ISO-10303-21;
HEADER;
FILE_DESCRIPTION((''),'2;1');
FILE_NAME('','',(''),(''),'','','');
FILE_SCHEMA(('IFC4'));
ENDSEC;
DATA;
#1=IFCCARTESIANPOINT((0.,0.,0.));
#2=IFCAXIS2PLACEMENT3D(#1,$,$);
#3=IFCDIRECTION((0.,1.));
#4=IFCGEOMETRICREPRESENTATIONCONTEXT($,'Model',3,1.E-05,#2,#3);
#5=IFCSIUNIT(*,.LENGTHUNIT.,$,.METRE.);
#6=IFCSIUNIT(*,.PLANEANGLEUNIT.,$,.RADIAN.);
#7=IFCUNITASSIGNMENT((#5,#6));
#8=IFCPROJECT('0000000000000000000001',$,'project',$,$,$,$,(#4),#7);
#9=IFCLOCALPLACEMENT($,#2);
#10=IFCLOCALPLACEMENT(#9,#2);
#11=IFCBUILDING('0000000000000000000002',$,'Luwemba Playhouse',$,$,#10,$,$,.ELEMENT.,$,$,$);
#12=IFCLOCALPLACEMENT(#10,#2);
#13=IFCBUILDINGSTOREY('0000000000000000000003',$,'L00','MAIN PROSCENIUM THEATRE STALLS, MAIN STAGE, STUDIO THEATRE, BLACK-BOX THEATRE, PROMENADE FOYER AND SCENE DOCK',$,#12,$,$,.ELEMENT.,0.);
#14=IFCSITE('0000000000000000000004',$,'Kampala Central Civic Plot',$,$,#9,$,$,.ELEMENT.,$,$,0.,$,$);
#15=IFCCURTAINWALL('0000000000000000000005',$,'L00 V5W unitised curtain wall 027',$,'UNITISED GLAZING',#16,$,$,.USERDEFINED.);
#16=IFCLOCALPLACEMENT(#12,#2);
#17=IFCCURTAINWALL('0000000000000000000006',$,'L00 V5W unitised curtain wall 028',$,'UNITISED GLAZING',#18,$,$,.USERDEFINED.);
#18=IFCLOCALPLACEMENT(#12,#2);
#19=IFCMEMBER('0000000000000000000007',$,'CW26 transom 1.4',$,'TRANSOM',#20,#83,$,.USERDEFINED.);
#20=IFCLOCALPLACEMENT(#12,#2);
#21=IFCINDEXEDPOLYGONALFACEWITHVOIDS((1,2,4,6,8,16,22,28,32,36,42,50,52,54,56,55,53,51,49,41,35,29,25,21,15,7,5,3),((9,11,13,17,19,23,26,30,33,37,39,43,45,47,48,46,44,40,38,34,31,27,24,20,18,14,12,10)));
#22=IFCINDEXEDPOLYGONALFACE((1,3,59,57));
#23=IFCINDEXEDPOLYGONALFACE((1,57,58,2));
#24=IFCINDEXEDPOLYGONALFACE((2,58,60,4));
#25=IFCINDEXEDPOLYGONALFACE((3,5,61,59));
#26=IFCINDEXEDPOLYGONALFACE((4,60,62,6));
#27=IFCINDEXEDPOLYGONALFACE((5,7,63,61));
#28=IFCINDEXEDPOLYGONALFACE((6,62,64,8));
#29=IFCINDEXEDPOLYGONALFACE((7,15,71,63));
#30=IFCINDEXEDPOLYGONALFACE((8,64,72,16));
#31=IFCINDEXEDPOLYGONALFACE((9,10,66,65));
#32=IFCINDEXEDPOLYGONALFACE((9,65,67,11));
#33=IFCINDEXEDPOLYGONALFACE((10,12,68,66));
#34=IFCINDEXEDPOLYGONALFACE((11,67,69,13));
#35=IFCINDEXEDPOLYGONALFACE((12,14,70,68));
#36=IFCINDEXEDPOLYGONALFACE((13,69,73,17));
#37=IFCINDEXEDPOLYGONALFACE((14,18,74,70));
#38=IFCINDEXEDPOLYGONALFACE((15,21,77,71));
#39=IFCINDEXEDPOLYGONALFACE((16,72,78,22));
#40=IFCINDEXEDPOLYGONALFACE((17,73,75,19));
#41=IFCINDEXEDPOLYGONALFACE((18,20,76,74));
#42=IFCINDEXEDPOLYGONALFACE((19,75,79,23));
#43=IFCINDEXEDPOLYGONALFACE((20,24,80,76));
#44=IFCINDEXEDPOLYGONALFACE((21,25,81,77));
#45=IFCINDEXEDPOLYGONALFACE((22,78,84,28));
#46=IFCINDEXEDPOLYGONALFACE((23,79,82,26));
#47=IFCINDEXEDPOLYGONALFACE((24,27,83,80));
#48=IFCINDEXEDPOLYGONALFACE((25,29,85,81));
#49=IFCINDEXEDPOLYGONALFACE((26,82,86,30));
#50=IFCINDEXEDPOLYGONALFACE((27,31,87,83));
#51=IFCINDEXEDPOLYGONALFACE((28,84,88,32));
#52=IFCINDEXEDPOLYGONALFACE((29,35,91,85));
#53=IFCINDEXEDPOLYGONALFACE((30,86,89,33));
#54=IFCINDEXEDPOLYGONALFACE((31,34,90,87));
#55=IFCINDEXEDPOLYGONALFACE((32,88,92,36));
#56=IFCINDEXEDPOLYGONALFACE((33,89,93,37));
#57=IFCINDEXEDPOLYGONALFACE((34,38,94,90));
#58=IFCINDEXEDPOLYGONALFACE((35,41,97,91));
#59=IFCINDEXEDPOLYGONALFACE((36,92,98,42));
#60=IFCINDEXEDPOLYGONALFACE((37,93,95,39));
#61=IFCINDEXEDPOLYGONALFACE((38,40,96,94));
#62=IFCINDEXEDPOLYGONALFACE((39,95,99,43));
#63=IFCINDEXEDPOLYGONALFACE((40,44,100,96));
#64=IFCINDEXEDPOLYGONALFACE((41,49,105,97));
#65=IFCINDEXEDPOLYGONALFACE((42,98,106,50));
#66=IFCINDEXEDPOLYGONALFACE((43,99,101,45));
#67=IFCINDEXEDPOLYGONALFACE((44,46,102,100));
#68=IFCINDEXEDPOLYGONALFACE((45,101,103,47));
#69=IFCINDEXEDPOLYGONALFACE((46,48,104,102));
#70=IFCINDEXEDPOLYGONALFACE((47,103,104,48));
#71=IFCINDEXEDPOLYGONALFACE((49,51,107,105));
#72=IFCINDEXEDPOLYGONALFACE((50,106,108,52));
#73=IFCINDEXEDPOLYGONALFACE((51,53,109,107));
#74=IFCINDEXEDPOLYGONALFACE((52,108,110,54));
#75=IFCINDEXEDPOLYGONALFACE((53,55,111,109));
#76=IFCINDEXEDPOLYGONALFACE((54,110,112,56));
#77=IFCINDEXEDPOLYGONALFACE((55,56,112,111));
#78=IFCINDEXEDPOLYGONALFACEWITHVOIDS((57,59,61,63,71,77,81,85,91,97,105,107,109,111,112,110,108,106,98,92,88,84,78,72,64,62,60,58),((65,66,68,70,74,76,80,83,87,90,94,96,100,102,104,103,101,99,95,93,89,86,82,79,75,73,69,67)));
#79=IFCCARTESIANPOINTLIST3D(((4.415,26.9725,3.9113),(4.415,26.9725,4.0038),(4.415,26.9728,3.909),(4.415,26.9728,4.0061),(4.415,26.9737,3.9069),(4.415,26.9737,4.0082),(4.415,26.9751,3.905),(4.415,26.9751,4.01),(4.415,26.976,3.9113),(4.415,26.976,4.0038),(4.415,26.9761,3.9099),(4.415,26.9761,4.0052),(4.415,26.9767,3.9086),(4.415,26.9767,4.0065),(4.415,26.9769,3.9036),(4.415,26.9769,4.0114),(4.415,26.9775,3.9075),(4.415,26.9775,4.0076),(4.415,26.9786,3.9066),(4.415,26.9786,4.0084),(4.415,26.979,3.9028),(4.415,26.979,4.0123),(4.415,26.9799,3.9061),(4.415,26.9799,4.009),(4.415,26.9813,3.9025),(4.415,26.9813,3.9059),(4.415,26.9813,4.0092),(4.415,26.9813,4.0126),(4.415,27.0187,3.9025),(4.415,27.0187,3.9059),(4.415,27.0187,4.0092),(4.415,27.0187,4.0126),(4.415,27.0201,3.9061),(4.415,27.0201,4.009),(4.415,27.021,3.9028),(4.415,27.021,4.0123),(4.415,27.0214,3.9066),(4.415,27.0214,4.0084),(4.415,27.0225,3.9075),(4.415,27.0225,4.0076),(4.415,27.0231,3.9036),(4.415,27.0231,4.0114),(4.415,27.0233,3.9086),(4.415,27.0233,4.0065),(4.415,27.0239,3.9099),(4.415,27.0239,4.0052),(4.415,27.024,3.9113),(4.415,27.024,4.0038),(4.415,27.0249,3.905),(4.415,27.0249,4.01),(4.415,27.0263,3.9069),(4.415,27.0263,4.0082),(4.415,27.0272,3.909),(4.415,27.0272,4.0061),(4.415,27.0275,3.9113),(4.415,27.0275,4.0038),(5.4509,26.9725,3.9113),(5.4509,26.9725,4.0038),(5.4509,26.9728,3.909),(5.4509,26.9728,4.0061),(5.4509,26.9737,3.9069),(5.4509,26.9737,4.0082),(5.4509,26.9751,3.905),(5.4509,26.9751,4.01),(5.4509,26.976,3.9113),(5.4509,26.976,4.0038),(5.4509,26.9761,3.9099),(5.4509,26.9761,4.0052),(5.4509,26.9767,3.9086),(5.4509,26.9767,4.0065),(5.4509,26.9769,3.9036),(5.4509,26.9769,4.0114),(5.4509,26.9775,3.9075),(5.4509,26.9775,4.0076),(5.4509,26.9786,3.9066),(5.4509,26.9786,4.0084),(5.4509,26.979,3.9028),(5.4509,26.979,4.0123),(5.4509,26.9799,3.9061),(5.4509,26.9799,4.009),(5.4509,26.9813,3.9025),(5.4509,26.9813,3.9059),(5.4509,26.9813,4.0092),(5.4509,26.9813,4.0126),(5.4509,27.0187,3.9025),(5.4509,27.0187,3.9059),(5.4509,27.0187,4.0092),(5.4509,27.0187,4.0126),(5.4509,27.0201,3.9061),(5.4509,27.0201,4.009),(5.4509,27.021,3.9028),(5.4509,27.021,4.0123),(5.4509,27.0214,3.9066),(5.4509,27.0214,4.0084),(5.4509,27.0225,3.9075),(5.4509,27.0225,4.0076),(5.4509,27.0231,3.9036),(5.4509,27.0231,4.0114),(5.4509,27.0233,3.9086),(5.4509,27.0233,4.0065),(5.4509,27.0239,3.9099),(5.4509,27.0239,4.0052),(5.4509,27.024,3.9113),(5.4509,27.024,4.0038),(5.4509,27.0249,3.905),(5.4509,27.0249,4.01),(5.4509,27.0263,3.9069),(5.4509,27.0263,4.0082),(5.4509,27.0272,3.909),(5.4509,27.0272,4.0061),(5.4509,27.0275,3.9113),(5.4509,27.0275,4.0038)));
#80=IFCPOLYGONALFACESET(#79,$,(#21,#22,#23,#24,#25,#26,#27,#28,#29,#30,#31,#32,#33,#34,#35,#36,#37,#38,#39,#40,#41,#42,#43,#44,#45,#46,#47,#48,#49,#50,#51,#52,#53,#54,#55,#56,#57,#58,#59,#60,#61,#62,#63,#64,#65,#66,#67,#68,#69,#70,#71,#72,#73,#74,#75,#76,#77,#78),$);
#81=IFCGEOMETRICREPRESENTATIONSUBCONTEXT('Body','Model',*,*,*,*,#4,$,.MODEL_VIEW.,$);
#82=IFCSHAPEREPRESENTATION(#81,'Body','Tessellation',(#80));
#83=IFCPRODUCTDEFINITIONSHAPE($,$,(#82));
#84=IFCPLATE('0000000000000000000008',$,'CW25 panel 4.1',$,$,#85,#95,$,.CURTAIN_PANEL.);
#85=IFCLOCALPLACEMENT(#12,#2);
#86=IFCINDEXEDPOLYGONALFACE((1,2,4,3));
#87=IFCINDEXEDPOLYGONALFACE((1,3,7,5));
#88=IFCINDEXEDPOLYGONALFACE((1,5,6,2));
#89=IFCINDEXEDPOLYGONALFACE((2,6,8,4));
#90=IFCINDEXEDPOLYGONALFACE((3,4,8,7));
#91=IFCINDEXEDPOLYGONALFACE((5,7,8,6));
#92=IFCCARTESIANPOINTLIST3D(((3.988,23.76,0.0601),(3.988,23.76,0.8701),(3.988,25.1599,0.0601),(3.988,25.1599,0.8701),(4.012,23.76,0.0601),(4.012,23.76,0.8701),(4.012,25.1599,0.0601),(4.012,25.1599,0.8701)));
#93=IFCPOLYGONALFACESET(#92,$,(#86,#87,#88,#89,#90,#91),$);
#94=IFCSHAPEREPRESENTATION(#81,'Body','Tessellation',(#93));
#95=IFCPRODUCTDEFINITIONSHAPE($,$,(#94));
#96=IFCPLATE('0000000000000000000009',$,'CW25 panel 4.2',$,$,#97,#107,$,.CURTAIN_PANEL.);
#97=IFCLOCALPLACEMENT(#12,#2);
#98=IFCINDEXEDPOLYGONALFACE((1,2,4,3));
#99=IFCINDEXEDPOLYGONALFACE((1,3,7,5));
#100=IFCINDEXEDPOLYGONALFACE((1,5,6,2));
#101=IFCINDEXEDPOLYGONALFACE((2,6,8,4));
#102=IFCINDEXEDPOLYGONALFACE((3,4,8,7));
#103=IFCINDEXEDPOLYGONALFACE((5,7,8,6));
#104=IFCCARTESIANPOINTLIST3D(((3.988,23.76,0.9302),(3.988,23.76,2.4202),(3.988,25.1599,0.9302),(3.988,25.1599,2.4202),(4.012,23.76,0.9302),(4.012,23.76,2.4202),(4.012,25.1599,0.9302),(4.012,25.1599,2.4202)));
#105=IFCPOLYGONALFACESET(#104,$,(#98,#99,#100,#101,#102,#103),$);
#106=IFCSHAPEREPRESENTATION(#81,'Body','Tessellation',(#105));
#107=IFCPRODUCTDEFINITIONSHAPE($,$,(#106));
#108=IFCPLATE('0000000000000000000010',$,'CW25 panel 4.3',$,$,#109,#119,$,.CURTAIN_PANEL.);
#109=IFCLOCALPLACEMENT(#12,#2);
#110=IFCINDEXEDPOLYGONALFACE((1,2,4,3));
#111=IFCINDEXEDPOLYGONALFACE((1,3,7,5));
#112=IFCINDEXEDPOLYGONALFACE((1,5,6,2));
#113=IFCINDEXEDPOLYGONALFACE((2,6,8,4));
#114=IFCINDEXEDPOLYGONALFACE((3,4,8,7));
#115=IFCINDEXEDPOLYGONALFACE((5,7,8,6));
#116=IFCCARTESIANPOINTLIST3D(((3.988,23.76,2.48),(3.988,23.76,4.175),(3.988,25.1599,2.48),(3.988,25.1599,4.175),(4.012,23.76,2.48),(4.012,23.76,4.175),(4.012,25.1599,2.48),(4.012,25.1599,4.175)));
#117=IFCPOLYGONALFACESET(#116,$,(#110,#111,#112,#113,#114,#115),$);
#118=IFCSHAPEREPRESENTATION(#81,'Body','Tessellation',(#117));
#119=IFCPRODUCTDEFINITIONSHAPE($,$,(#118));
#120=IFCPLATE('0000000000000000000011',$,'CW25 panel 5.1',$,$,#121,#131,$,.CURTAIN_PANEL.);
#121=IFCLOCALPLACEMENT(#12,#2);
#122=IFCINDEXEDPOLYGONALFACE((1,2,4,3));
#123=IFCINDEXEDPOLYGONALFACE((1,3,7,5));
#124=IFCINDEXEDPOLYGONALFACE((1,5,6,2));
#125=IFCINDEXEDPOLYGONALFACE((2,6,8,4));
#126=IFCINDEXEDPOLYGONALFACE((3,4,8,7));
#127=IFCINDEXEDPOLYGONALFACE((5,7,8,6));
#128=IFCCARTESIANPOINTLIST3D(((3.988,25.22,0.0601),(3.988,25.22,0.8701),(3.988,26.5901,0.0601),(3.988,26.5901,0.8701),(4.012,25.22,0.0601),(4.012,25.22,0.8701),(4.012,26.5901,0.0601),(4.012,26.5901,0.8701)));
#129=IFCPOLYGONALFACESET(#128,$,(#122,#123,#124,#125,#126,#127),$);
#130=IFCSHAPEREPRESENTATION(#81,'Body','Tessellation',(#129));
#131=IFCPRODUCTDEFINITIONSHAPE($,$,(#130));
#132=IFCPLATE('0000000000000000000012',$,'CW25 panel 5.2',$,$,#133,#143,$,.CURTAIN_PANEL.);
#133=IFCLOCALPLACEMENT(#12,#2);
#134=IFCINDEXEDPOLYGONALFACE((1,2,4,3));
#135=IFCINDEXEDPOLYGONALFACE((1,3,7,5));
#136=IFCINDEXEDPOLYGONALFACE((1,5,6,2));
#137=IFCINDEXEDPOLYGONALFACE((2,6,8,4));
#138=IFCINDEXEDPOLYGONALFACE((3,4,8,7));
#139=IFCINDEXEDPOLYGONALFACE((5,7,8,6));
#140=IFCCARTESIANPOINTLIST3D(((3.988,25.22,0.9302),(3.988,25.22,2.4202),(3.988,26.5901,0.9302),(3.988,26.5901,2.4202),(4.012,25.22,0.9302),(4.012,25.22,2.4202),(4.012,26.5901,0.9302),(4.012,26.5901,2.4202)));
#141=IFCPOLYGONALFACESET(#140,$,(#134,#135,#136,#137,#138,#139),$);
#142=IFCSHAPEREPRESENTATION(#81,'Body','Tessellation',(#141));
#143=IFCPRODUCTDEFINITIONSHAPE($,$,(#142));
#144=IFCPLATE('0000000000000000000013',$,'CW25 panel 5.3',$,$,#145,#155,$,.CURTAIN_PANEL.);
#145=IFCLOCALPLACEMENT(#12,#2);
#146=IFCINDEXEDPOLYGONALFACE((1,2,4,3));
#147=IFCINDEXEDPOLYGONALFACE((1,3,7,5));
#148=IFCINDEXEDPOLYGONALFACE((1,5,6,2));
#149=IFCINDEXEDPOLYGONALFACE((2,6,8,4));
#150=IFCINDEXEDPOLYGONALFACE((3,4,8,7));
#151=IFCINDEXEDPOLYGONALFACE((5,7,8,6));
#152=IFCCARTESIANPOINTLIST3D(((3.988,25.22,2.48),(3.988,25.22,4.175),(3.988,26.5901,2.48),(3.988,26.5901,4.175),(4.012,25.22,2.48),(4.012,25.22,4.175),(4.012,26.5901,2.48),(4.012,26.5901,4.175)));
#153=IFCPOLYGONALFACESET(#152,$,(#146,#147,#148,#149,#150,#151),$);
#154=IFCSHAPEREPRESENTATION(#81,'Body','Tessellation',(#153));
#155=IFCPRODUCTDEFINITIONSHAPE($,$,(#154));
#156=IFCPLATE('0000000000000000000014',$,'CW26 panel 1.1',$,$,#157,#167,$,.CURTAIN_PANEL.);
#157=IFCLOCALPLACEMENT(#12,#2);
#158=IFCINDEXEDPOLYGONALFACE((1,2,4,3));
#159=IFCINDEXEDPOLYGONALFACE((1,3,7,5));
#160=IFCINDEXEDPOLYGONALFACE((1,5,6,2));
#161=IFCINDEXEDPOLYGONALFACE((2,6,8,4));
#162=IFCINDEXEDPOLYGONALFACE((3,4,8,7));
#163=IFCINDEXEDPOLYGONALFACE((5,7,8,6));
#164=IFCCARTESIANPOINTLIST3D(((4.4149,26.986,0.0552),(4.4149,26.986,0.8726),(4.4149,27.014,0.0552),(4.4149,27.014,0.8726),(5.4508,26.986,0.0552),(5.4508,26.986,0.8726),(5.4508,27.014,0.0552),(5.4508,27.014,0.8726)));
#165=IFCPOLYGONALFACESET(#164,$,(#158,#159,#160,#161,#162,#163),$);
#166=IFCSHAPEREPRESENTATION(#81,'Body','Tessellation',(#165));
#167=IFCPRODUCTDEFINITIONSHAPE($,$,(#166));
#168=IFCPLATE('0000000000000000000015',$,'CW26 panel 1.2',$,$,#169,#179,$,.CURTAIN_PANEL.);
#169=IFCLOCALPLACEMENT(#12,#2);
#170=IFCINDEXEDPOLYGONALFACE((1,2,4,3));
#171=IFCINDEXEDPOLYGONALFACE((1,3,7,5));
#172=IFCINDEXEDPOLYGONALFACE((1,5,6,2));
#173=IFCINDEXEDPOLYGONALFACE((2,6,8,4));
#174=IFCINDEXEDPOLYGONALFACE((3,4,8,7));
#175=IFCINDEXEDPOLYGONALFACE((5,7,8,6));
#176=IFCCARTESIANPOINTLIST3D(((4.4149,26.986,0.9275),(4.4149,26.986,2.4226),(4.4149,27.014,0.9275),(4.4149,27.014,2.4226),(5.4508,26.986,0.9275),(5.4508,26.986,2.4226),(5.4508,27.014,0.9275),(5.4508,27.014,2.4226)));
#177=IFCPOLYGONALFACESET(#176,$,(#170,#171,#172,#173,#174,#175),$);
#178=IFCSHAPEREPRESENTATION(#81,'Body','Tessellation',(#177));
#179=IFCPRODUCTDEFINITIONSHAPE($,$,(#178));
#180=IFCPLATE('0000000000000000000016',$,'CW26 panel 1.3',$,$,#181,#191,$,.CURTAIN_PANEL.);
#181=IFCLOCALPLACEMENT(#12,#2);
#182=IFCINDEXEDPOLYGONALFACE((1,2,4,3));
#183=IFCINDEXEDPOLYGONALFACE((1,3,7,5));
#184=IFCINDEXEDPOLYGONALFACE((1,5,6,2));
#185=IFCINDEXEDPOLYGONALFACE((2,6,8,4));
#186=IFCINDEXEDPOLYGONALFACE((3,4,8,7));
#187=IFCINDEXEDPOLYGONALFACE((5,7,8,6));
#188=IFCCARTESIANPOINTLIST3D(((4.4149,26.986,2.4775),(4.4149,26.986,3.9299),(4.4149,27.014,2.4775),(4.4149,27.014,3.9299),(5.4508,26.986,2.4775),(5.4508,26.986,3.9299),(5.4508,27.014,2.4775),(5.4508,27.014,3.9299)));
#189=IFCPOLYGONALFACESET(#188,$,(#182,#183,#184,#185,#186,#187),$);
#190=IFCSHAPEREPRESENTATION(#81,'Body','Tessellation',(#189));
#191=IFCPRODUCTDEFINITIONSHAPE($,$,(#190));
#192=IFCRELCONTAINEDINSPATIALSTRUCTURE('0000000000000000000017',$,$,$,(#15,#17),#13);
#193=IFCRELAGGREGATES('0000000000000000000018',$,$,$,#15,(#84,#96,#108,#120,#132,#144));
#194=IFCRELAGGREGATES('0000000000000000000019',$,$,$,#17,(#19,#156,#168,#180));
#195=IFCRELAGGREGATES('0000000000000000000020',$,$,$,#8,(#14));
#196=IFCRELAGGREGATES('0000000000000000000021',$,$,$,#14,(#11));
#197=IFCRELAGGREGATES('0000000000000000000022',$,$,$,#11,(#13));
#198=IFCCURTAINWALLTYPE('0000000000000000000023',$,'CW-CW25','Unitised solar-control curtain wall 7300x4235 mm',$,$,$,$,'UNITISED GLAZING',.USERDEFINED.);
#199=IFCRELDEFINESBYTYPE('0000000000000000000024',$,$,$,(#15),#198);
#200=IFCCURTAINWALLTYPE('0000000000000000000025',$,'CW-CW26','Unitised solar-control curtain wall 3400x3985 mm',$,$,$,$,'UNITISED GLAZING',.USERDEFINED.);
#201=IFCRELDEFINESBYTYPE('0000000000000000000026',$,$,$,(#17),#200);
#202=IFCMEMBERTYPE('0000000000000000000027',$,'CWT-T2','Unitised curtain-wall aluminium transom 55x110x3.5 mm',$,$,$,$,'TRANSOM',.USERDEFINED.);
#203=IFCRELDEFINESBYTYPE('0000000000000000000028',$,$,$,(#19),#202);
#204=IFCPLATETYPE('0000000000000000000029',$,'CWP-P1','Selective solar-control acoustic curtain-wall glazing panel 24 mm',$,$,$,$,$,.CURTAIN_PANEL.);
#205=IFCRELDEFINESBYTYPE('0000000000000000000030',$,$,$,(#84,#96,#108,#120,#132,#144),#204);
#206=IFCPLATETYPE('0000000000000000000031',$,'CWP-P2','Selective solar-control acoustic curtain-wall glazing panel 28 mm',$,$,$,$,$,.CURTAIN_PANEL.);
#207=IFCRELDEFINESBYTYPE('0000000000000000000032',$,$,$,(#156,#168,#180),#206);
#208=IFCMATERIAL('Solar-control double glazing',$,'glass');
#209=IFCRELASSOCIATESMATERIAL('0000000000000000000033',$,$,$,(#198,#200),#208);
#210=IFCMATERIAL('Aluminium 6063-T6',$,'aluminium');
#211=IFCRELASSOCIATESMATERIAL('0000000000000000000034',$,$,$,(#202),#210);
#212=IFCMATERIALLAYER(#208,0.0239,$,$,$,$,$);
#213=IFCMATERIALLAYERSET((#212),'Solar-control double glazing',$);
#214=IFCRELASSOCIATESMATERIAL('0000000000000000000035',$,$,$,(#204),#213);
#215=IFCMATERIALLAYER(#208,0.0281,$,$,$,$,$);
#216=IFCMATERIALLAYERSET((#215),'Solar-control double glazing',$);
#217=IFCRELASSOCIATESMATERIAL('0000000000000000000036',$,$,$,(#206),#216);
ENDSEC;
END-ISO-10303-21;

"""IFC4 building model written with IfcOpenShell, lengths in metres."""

from ifc_helpers import new_model, si_unit, direction, frame, origin, origin_2d, place, context, subcontext, project, spatial, rectangle, hollow_rectangle, extrude, material, layer, layer_set, material_profile, profile_set, type_object, element, aggregate, save


model = new_model("IFC4")

# Units and contexts
model_context = context("Model", 3, precision=1e-05, world=origin(), true_north=direction((0.0, 1.0)))
body_context = subcontext(model_context, "Body", "Model", "MODEL_VIEW")
ifc_project = project(units=[si_unit("LENGTHUNIT", "METRE"), si_unit("PLANEANGLEUNIT", "RADIAN")], contexts=[model_context])

# Site, building, storey
site_placement = place(None, origin())
site = spatial("IfcSite", under=ifc_project, at=site_placement, Name="Kampala Central Civic Plot", CompositionType="ELEMENT", RefElevation=0.0)
building_placement = place(site_placement, origin())
building = spatial("IfcBuilding", under=site, at=building_placement, Name="Luwemba Playhouse", CompositionType="ELEMENT")
storey_placement = place(building_placement, origin())
storey = spatial("IfcBuildingStorey", under=building, at=storey_placement, Name="L00", Description="MAIN PROSCENIUM THEATRE STALLS, MAIN STAGE, STUDIO THEATRE, BLACK-BOX THEATRE, PROMENADE FOYER AND SCENE DOCK", CompositionType="ELEMENT", Elevation=0.0)

# Curtain wall
ifc_material_1 = material(Name="Solar-control double glazing", Category="glass")
curtain_wall_type_1 = type_object("IfcCurtainWallType", Name="CW-CW25", Description="Unitised solar-control curtain wall 7300x4235 mm", ElementType="UNITISED GLAZING", PredefinedType="USERDEFINED", material=ifc_material_1)
curtain_wall_1_placement = place(storey_placement, origin())
curtain_wall_1 = element("IfcCurtainWall", 1, at=curtain_wall_1_placement, inside=storey, type_object=curtain_wall_type_1, Name="L00 V5W unitised curtain wall 027", ObjectType="UNITISED GLAZING", PredefinedType="USERDEFINED")
ifc_material_2 = material(Name="Aluminium 6063-T6", Category="aluminium")

# Curtain wall
curtain_wall_type_2 = type_object("IfcCurtainWallType", Name="CW-CW26", Description="Unitised solar-control curtain wall 3400x3985 mm", ElementType="UNITISED GLAZING", PredefinedType="USERDEFINED", material=ifc_material_1)
curtain_wall_2_placement = place(storey_placement, origin())
curtain_wall_2 = element("IfcCurtainWall", 2, at=curtain_wall_2_placement, inside=storey, type_object=curtain_wall_type_2, Name="L00 V5W unitised curtain wall 028", ObjectType="UNITISED GLAZING", PredefinedType="USERDEFINED")

# Member
ifc_material_profile_1 = material_profile(ifc_material_2, hollow_rectangle(XDim=0.0549, YDim=0.1101, WallThickness=0.0034, InnerFilletRadius=0.0054, OuterFilletRadius=0.0088, at=origin_2d()))
ifc_profile_set_1 = profile_set([ifc_material_profile_1], Name="Aluminium 6063-T6")
member_type_1 = type_object("IfcMemberType", Name="CWT-T2", Description="Unitised curtain-wall aluminium transom 55x110x3.5 mm", ElementType="TRANSOM", PredefinedType="USERDEFINED", material=ifc_profile_set_1)
member_1_placement = place(storey_placement, frame((4.415, 27.0, 3.9575), z_axis=(1.0, 0.0, 0.0), x_axis=(0.0, 1.0, 0.0)))
member_1 = element("IfcMember", 3, at=member_1_placement, type_object=member_type_1, Name="CW26 transom 1.4", ObjectType="TRANSOM", PredefinedType="USERDEFINED", context=body_context, shape_type="SweptSolid", body=[
    extrude(hollow_rectangle(XDim=0.0549, YDim=0.1101, WallThickness=0.0034, InnerFilletRadius=0.0054, OuterFilletRadius=0.0088, at=origin_2d()), origin(), (0.0, 0.0, 1.0), 1.0359),
])

# Plates
ifc_layer_1 = layer(ifc_material_1, 0.0239)
ifc_layer_set_1 = layer_set([ifc_layer_1], Name="Solar-control double glazing")
plate_type_1 = type_object("IfcPlateType", Name="CWP-P1", Description="Selective solar-control acoustic curtain-wall glazing panel 24 mm", PredefinedType="CURTAIN_PANEL", material=ifc_layer_set_1)
plate_1_placement = place(storey_placement, frame((4.0, 24.46, 0.0601), z_axis=(0.0, 0.0, 1.0), x_axis=(0.0, 1.0, 0.0)))
plate_1 = element("IfcPlate", 4, at=plate_1_placement, type_object=plate_type_1, Name="CW25 panel 4.1", PredefinedType="CURTAIN_PANEL", context=body_context, shape_type="SweptSolid", body=[
    extrude(rectangle(XDim=1.3999, YDim=0.0239, at=origin_2d()), origin(), (0.0, 0.0, 1.0), 0.8101),
])
plate_2_placement = place(storey_placement, frame((4.0, 24.46, 0.9302), z_axis=(0.0, 0.0, 1.0), x_axis=(0.0, 1.0, 0.0)))
plate_2 = element("IfcPlate", 5, at=plate_2_placement, type_object=plate_type_1, Name="CW25 panel 4.2", PredefinedType="CURTAIN_PANEL", context=body_context, shape_type="SweptSolid", body=[
    extrude(rectangle(XDim=1.3999, YDim=0.0239, at=origin_2d()), origin(), (0.0, 0.0, 1.0), 1.49),
])
plate_3_placement = place(storey_placement, frame((4.0, 24.46, 2.48), z_axis=(0.0, 0.0, 1.0), x_axis=(0.0, 1.0, 0.0)))
plate_3 = element("IfcPlate", 6, at=plate_3_placement, type_object=plate_type_1, Name="CW25 panel 4.3", PredefinedType="CURTAIN_PANEL", context=body_context, shape_type="SweptSolid", body=[
    extrude(rectangle(XDim=1.3999, YDim=0.0239, at=origin_2d()), origin(), (0.0, 0.0, 1.0), 1.6951),
])
plate_4_placement = place(storey_placement, frame((4.0, 25.905, 0.0601), z_axis=(0.0, 0.0, 1.0), x_axis=(0.0, 1.0, 0.0)))
plate_4 = element("IfcPlate", 7, at=plate_4_placement, type_object=plate_type_1, Name="CW25 panel 5.1", PredefinedType="CURTAIN_PANEL", context=body_context, shape_type="SweptSolid", body=[
    extrude(rectangle(XDim=1.3701, YDim=0.0239, at=origin_2d()), origin(), (0.0, 0.0, 1.0), 0.8101),
])
plate_5_placement = place(storey_placement, frame((4.0, 25.905, 0.9302), z_axis=(0.0, 0.0, 1.0), x_axis=(0.0, 1.0, 0.0)))
plate_5 = element("IfcPlate", 8, at=plate_5_placement, type_object=plate_type_1, Name="CW25 panel 5.2", PredefinedType="CURTAIN_PANEL", context=body_context, shape_type="SweptSolid", body=[
    extrude(rectangle(XDim=1.3701, YDim=0.0239, at=origin_2d()), origin(), (0.0, 0.0, 1.0), 1.49),
])
plate_6_placement = place(storey_placement, frame((4.0, 25.905, 2.48), z_axis=(0.0, 0.0, 1.0), x_axis=(0.0, 1.0, 0.0)))
plate_6 = element("IfcPlate", 9, at=plate_6_placement, type_object=plate_type_1, Name="CW25 panel 5.3", PredefinedType="CURTAIN_PANEL", context=body_context, shape_type="SweptSolid", body=[
    extrude(rectangle(XDim=1.3701, YDim=0.0239, at=origin_2d()), origin(), (0.0, 0.0, 1.0), 1.6951),
])
aggregate(curtain_wall_1, [plate_1, plate_2, plate_3, plate_4, plate_5, plate_6])
ifc_layer_2 = layer(ifc_material_1, 0.0281)
ifc_layer_set_2 = layer_set([ifc_layer_2], Name="Solar-control double glazing")
plate_type_2 = type_object("IfcPlateType", Name="CWP-P2", Description="Selective solar-control acoustic curtain-wall glazing panel 28 mm", PredefinedType="CURTAIN_PANEL", material=ifc_layer_set_2)
plate_7_placement = place(storey_placement, frame((4.9329, 27.0, 0.0552), z_axis=(0.0, 0.0, 1.0), x_axis=(1.0, 0.0, 0.0)))
plate_7 = element("IfcPlate", 10, at=plate_7_placement, type_object=plate_type_2, Name="CW26 panel 1.1", PredefinedType="CURTAIN_PANEL", context=body_context, shape_type="SweptSolid", body=[
    extrude(rectangle(XDim=1.0359, YDim=0.0281, at=origin_2d()), origin(), (0.0, 0.0, 1.0), 0.8174),
])
plate_8_placement = place(storey_placement, frame((4.9329, 27.0, 0.9275), z_axis=(0.0, 0.0, 1.0), x_axis=(1.0, 0.0, 0.0)))
plate_8 = element("IfcPlate", 11, at=plate_8_placement, type_object=plate_type_2, Name="CW26 panel 1.2", PredefinedType="CURTAIN_PANEL", context=body_context, shape_type="SweptSolid", body=[
    extrude(rectangle(XDim=1.0359, YDim=0.0281, at=origin_2d()), origin(), (0.0, 0.0, 1.0), 1.4951),
])
plate_9_placement = place(storey_placement, frame((4.9329, 27.0, 2.4775), z_axis=(0.0, 0.0, 1.0), x_axis=(1.0, 0.0, 0.0)))
plate_9 = element("IfcPlate", 12, at=plate_9_placement, type_object=plate_type_2, Name="CW26 panel 1.3", PredefinedType="CURTAIN_PANEL", context=body_context, shape_type="SweptSolid", body=[
    extrude(rectangle(XDim=1.0359, YDim=0.0281, at=origin_2d()), origin(), (0.0, 0.0, 1.0), 1.4524),
])
aggregate(curtain_wall_2, [member_1, plate_7, plate_8, plate_9])

save(model, "model.ifc")
